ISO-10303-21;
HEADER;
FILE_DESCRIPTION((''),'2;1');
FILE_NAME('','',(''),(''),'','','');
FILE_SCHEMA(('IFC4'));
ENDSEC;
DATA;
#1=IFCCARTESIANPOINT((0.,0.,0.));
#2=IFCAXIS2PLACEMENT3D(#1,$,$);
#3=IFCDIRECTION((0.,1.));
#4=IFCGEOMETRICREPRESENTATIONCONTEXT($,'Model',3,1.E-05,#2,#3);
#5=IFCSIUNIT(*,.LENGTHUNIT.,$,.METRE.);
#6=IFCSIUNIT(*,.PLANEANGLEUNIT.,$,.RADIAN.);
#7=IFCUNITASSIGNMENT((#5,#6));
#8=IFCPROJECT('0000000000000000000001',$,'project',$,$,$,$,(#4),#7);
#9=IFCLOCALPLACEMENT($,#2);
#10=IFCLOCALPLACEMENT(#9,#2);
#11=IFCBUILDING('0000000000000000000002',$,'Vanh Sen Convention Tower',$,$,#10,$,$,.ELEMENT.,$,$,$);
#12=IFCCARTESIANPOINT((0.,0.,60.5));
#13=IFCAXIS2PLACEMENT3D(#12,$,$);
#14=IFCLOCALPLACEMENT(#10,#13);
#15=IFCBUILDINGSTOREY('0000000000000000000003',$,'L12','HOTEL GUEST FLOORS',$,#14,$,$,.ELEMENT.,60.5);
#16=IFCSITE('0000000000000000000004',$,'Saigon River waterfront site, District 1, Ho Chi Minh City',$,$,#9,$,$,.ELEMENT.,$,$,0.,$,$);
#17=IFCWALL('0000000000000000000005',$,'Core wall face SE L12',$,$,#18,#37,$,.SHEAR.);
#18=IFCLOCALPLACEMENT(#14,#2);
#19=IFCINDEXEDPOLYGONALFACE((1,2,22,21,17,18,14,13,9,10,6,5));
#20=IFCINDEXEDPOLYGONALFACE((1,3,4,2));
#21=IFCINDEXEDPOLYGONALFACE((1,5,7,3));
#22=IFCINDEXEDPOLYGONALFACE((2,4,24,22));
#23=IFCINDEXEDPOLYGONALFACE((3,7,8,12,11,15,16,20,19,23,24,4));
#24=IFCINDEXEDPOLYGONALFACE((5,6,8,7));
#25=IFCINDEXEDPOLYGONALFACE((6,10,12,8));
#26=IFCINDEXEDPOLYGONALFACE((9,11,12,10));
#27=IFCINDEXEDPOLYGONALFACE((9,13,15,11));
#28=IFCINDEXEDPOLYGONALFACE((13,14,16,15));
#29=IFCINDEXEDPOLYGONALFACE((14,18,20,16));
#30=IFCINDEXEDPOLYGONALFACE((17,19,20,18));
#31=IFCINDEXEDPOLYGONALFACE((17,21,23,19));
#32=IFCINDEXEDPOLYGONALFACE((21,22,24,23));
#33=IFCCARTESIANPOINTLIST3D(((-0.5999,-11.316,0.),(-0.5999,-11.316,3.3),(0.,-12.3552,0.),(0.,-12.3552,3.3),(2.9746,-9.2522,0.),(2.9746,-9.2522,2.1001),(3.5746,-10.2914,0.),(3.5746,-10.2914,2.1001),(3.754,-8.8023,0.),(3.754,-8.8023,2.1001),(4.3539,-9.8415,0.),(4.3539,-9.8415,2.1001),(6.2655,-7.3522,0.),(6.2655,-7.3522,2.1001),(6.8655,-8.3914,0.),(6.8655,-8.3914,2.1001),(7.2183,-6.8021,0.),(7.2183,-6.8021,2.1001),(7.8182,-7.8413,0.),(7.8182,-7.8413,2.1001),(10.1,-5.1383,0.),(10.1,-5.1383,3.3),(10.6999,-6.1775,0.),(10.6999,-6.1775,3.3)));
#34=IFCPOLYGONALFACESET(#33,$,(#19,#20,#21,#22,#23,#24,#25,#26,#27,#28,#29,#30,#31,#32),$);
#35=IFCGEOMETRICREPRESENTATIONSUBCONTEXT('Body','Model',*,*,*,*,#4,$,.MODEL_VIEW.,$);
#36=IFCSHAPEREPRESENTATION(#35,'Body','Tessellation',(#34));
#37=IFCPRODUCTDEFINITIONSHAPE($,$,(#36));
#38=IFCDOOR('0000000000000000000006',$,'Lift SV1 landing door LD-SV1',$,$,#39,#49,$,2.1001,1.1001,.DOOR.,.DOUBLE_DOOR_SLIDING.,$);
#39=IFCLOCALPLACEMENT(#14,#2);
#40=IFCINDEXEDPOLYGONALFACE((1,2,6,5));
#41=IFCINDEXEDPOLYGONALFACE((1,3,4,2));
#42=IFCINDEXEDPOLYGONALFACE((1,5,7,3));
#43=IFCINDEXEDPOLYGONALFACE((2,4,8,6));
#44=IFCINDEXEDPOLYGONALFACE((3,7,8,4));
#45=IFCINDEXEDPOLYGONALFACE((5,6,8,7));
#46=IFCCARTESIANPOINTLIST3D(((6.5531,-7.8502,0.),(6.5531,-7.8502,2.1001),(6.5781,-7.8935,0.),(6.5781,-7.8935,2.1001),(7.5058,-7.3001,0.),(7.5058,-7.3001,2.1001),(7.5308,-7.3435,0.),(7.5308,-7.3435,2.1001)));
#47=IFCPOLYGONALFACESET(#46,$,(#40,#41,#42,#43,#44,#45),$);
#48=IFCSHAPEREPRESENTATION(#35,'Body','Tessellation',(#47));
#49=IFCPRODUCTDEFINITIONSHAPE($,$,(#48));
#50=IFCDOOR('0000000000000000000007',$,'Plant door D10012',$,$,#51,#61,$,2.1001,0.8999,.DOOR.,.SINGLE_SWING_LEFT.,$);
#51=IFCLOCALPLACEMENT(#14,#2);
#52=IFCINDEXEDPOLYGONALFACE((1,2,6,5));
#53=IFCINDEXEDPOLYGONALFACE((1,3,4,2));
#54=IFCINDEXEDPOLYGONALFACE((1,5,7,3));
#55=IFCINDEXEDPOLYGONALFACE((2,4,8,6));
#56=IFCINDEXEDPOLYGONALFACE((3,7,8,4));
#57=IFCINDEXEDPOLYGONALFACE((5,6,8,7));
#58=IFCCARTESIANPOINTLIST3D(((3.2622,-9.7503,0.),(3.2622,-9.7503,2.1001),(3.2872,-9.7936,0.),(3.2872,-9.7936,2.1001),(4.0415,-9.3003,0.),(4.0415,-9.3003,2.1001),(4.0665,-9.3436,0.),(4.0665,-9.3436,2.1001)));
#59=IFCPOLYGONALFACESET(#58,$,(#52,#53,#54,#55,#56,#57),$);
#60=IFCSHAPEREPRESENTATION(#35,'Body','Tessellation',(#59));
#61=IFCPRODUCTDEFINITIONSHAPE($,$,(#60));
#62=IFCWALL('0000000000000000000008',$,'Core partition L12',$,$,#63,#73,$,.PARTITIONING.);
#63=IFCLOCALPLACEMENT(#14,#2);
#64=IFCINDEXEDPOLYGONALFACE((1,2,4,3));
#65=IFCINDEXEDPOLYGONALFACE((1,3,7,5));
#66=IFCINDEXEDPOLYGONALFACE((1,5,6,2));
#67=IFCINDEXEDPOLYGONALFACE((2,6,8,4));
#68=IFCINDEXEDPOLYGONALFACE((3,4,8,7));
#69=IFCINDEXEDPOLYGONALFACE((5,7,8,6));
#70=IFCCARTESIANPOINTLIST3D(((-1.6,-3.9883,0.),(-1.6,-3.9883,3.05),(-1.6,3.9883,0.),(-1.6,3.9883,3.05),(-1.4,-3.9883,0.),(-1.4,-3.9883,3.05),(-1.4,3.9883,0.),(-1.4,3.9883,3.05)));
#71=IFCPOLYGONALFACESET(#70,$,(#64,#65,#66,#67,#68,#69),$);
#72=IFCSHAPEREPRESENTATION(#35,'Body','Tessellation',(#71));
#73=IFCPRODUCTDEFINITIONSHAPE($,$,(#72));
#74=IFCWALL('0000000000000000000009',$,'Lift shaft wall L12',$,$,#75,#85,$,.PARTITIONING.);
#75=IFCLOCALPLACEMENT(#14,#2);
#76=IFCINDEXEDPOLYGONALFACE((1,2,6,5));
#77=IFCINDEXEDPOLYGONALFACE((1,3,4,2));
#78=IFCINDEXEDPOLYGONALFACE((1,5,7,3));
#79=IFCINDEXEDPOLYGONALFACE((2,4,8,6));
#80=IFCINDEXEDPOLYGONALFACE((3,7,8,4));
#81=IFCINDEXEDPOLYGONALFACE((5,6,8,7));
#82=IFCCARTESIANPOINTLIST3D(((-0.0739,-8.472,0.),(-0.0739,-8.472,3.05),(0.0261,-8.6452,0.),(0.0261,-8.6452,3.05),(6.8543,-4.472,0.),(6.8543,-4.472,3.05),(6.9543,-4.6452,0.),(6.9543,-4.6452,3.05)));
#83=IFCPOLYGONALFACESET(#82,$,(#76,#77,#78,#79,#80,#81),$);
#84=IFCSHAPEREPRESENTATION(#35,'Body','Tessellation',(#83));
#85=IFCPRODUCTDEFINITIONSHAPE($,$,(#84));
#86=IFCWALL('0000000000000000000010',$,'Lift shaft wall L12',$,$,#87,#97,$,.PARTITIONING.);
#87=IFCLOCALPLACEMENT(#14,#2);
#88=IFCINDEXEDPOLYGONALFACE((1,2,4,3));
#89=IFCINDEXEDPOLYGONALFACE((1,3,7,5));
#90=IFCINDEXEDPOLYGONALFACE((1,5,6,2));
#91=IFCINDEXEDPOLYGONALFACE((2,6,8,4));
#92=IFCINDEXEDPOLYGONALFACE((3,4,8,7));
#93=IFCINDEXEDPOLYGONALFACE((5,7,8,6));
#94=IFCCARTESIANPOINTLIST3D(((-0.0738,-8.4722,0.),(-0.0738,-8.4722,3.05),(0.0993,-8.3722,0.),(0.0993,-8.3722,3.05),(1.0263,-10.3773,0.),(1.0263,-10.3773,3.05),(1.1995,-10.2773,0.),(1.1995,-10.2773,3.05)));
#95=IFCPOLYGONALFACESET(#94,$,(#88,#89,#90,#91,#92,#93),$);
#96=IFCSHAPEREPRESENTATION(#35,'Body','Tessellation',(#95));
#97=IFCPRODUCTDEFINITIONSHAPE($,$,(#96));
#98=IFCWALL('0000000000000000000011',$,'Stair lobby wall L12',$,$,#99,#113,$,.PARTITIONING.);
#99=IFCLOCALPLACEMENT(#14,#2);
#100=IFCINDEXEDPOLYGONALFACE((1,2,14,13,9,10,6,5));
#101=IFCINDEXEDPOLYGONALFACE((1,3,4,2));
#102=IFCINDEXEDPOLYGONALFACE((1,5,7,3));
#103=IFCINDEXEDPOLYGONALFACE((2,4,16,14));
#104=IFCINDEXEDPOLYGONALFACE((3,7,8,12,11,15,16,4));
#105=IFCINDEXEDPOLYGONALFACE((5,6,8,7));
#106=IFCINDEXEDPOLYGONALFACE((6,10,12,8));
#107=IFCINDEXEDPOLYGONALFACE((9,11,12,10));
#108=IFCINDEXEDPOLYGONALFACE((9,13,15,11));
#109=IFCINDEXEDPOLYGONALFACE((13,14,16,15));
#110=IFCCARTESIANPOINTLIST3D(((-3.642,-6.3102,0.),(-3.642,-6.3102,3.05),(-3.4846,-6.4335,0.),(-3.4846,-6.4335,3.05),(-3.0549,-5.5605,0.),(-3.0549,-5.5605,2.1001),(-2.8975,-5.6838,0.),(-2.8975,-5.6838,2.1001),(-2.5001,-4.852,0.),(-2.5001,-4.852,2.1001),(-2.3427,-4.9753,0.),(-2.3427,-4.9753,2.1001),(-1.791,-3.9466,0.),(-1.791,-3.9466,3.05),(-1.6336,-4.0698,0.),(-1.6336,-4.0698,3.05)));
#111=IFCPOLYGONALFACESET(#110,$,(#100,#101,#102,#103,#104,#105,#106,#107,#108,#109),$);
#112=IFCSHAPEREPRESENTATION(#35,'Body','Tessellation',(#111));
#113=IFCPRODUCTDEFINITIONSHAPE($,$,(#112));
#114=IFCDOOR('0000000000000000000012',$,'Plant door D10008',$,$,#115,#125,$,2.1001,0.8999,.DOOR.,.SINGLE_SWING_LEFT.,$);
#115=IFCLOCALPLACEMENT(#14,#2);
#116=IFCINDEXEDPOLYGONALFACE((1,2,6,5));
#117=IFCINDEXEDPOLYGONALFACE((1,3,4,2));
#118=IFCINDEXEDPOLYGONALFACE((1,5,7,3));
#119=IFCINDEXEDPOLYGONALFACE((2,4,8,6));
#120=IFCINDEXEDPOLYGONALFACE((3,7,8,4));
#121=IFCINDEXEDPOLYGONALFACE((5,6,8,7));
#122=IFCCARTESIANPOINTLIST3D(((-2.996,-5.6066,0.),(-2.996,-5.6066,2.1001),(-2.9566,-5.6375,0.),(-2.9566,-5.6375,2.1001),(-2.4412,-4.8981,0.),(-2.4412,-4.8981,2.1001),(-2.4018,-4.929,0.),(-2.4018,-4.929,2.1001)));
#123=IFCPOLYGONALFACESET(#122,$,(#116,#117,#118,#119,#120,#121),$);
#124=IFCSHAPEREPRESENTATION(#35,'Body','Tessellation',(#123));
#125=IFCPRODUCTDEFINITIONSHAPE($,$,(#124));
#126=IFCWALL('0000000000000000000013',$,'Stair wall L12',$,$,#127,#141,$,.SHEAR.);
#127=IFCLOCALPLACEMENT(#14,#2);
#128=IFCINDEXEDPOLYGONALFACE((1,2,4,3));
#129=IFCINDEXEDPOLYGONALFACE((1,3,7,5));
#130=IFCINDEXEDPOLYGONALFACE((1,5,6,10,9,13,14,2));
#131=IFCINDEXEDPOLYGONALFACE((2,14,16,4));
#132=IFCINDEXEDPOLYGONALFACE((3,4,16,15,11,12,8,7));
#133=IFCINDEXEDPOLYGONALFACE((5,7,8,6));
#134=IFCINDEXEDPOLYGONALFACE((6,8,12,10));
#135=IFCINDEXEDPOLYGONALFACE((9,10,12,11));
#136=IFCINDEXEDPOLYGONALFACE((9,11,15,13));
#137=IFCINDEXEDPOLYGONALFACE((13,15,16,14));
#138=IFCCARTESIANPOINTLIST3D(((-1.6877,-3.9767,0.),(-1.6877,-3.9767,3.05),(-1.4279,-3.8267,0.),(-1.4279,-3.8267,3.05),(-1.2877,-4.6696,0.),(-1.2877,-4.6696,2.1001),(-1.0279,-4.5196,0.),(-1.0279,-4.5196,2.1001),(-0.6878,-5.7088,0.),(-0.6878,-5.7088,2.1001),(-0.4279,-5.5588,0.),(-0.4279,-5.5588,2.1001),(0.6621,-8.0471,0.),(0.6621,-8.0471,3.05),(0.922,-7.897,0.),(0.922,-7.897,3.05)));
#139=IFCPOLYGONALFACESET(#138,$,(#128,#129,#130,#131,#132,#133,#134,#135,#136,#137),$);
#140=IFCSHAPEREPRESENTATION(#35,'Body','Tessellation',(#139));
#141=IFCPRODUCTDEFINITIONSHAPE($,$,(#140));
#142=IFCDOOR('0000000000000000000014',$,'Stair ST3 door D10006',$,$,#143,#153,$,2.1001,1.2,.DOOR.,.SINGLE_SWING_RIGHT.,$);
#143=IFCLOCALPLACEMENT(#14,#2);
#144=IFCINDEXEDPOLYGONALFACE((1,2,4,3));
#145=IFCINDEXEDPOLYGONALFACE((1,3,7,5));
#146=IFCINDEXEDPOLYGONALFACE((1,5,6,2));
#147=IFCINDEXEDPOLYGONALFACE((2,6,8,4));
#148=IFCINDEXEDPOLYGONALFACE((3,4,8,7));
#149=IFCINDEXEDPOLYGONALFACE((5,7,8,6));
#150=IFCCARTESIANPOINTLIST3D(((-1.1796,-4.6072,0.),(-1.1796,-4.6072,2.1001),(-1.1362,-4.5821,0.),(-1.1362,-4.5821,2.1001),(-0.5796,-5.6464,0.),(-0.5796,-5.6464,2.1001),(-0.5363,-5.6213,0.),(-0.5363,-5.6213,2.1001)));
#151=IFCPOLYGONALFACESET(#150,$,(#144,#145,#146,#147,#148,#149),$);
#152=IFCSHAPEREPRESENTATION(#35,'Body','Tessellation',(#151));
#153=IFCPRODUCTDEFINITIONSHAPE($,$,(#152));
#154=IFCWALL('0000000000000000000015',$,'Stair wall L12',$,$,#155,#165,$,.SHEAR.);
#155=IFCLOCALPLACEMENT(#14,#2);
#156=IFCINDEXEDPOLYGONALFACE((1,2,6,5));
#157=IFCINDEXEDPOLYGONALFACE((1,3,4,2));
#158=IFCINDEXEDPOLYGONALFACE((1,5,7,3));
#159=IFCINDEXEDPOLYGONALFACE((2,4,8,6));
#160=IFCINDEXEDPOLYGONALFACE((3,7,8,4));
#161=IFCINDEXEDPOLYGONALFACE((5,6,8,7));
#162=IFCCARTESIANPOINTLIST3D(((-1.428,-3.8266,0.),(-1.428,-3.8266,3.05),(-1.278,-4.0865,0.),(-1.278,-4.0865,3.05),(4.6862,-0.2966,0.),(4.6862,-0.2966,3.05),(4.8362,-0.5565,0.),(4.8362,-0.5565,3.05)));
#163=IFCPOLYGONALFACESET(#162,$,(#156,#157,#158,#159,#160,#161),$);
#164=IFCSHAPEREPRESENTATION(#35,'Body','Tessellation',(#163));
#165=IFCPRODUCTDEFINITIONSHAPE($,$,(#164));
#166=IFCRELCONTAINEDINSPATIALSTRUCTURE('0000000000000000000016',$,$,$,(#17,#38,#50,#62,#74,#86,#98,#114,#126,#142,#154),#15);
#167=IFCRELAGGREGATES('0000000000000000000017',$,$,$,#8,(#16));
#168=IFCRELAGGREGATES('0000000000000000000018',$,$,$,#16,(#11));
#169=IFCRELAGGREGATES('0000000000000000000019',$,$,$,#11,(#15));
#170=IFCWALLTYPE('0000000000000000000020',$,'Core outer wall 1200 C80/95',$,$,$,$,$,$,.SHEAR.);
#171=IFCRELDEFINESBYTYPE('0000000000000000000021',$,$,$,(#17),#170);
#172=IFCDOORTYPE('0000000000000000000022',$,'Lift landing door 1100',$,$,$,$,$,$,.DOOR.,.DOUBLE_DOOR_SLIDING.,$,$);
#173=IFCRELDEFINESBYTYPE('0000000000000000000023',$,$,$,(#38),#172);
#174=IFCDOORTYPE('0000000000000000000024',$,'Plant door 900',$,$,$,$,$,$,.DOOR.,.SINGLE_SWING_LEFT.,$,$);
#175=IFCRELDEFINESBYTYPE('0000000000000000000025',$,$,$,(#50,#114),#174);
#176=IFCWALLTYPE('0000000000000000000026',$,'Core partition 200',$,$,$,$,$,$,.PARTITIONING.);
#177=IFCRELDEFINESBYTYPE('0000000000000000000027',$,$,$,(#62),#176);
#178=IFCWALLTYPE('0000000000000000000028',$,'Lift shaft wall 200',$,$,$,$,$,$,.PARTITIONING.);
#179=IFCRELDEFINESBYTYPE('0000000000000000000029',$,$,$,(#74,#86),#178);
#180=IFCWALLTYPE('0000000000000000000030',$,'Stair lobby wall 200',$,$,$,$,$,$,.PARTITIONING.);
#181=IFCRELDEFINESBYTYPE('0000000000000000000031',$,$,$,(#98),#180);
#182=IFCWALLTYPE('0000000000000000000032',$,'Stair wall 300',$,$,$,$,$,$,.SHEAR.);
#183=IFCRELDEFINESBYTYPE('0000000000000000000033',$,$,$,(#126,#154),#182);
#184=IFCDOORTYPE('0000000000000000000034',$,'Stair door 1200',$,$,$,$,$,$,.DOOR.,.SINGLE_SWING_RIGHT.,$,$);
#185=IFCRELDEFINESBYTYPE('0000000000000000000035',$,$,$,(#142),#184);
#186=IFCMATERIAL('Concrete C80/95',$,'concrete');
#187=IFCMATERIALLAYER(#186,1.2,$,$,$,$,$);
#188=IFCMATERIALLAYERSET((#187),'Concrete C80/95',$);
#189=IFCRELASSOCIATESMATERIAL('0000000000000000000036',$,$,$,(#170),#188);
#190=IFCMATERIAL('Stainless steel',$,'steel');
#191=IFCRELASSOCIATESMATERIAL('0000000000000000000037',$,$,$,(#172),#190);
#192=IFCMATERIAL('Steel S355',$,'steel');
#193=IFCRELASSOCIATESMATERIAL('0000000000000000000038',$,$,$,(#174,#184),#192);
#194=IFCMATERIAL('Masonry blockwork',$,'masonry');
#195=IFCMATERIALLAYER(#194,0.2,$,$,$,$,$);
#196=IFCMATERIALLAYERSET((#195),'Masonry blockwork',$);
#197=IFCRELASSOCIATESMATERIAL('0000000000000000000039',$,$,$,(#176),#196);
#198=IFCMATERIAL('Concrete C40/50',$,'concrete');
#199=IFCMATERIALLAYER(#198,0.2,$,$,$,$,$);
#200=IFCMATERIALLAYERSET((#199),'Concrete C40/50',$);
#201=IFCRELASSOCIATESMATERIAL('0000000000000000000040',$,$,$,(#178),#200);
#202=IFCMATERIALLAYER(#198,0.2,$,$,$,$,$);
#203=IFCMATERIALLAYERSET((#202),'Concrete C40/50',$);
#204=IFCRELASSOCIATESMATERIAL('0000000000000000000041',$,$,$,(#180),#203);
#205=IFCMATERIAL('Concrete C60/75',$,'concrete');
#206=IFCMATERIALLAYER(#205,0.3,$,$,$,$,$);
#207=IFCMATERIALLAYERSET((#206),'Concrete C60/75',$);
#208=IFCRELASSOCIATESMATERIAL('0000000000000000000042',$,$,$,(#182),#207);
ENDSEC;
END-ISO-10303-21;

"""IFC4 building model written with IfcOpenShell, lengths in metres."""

from ifc_helpers import new_model, si_unit, direction, frame, frame_2d, origin, place, context, subcontext, project, spatial, rectangle, extrude, material, layer, layer_set, type_object, element, fill, save


model = new_model("IFC4")

# Units and contexts
model_context = context("Model", 3, precision=1e-05, world=origin(), true_north=direction((0.0, 1.0)))
body_context = subcontext(model_context, "Body", "Model", "MODEL_VIEW")
ifc_project = project(units=[si_unit("LENGTHUNIT", "METRE"), si_unit("PLANEANGLEUNIT", "RADIAN")], contexts=[model_context])

# Site, building, storey
site_placement = place(None, origin())
site = spatial("IfcSite", under=ifc_project, at=site_placement, Name="Saigon River waterfront site, District 1, Ho Chi Minh City", CompositionType="ELEMENT", RefElevation=0.0)
building_placement = place(site_placement, origin())
building = spatial("IfcBuilding", under=site, at=building_placement, Name="Vanh Sen Convention Tower", CompositionType="ELEMENT")
storey_placement = place(building_placement, frame((0.0, 0.0, 60.5)))
storey = spatial("IfcBuildingStorey", under=building, at=storey_placement, Name="L12", Description="HOTEL GUEST FLOORS", CompositionType="ELEMENT", Elevation=60.5)

# Shared definitions
ifc_material_1 = material(Name="Concrete C40/50", Category="concrete")

# Wall, openings, doors
ifc_material_2 = material(Name="Concrete C80/95", Category="concrete")
ifc_layer_1 = layer(ifc_material_2, 1.2)
ifc_layer_set_1 = layer_set([ifc_layer_1], Name="Concrete C80/95")
wall_type_1 = type_object("IfcWallType", Name="Core outer wall 1200 C80/95", PredefinedType="SHEAR", material=ifc_layer_set_1)
wall_1_placement = place(storey_placement, frame((-0.3, -11.8357, 0.0), z_axis=(0.0, 0.0, 1.0), x_axis=(0.866021, 0.500007, 0.0)))
wall_1 = element("IfcWall", 1, at=wall_1_placement, inside=storey, type_object=wall_type_1, Name="Core wall face SE L12", PredefinedType="SHEAR", context=body_context, shape_type="SweptSolid", body=[
    extrude(rectangle(XDim=12.3552, YDim=1.2, at=frame_2d((6.1777, 0.0))), origin(), (0.0, 0.0, 1.0), 3.3),
])
opening_1_placement = place(wall_1_placement, frame((4.1277, 0.0, 0.0)))
opening_1 = element("IfcOpeningElement", 2, at=opening_1_placement, cuts=wall_1, PredefinedType="OPENING", context=body_context, shape_type="SweptSolid", body=[
    extrude(rectangle(XDim=0.8999, YDim=2.1001, at=frame_2d((0.45, 1.05))), frame((0.0, 0.6099, 0.0), z_axis=(0.0, -1.0, 0.0), x_axis=(1.0, 0.0, 0.0)), (0.0, 0.0, 1.0), 1.22),
])
opening_2_placement = place(wall_1_placement, frame((7.9277, 0.0, 0.0)))
opening_2 = element("IfcOpeningElement", 3, at=opening_2_placement, cuts=wall_1, PredefinedType="OPENING", context=body_context, shape_type="SweptSolid", body=[
    extrude(rectangle(XDim=1.1001, YDim=2.1001, at=frame_2d((0.55, 1.05))), frame((0.0, 0.6099, 0.0), z_axis=(0.0, -1.0, 0.0), x_axis=(1.0, 0.0, 0.0)), (0.0, 0.0, 1.0), 1.22),
])
ifc_material_3 = material(Name="Stainless steel", Category="steel")
door_type_1 = type_object("IfcDoorType", Name="Lift landing door 1100", OperationType="DOUBLE_DOOR_SLIDING", PredefinedType="DOOR", material=ifc_material_3)
door_1_placement = place(opening_2_placement, origin())
door_1 = element("IfcDoor", 4, at=door_1_placement, inside=storey, type_object=door_type_1, Name="Lift SV1 landing door LD-SV1", OperationType="DOUBLE_DOOR_SLIDING", OverallHeight=2.1001, OverallWidth=1.1001, PredefinedType="DOOR", context=body_context, shape_type="SweptSolid", body=[
    extrude(rectangle(XDim=1.1001, YDim=2.1001, at=frame_2d((0.55, 1.05))), frame((0.0, 0.0249, 0.0), z_axis=(0.0, -1.0, 0.0), x_axis=(1.0, 0.0, 0.0)), (0.0, 0.0, 1.0), 0.05),
])
fill(opening_2, door_1)
ifc_material_4 = material(Name="Steel S355", Category="steel")
door_type_2 = type_object("IfcDoorType", Name="Plant door 900", OperationType="SINGLE_SWING_LEFT", PredefinedType="DOOR", material=ifc_material_4)
door_2_placement = place(opening_1_placement, origin())
door_2 = element("IfcDoor", 5, at=door_2_placement, inside=storey, type_object=door_type_2, Name="Plant door D10012", OperationType="SINGLE_SWING_LEFT", OverallHeight=2.1001, OverallWidth=0.8999, PredefinedType="DOOR", context=body_context, shape_type="SweptSolid", body=[
    extrude(rectangle(XDim=0.8999, YDim=2.1001, at=frame_2d((0.45, 1.05))), frame((0.0, 0.0249, 0.0), z_axis=(0.0, -1.0, 0.0), x_axis=(1.0, 0.0, 0.0)), (0.0, 0.0, 1.0), 0.05),
])
fill(opening_1, door_2)

# Walls
ifc_material_5 = material(Name="Masonry blockwork", Category="masonry")
ifc_layer_2 = layer(ifc_material_5, 0.2)
ifc_layer_set_2 = layer_set([ifc_layer_2], Name="Masonry blockwork")
wall_type_2 = type_object("IfcWallType", Name="Core partition 200", PredefinedType="PARTITIONING", material=ifc_layer_set_2)
wall_2_placement = place(storey_placement, frame((-1.5, -3.9883, 0.0), z_axis=(0.0, 0.0, 1.0), x_axis=(0.0, 1.0, 0.0)))
element("IfcWall", 6, at=wall_2_placement, inside=storey, type_object=wall_type_2, Name="Core partition L12", PredefinedType="PARTITIONING", context=body_context, shape_type="SweptSolid", body=[
    extrude(rectangle(XDim=7.9766, YDim=0.2, at=frame_2d((3.9883, 0.0))), origin(), (0.0, 0.0, 1.0), 3.05),
])
ifc_layer_3 = layer(ifc_material_1, 0.2)
ifc_layer_set_3 = layer_set([ifc_layer_3], Name="Concrete C40/50")
wall_type_3 = type_object("IfcWallType", Name="Lift shaft wall 200", PredefinedType="PARTITIONING", material=ifc_layer_set_3)
wall_3_placement = place(storey_placement, frame((-0.0239, -8.5586, 0.0), z_axis=(0.0, 0.0, 1.0), x_axis=(0.866026, 0.499999, 0.0)))
element("IfcWall", 7, at=wall_3_placement, inside=storey, type_object=wall_type_3, Name="Lift shaft wall L12", PredefinedType="PARTITIONING", context=body_context, shape_type="SweptSolid", body=[
    extrude(rectangle(XDim=8.0, YDim=0.2, at=frame_2d((4.0, 0.0))), origin(), (0.0, 0.0, 1.0), 3.05),
])
wall_4_placement = place(storey_placement, frame((0.0127, -8.4221, 0.0), z_axis=(0.0, 0.0, 1.0), x_axis=(0.500078, -0.86598, 0.0)))
element("IfcWall", 8, at=wall_4_placement, inside=storey, type_object=wall_type_3, Name="Lift shaft wall L12", PredefinedType="PARTITIONING", context=body_context, shape_type="SweptSolid", body=[
    extrude(rectangle(XDim=2.2, YDim=0.2, at=frame_2d((1.1001, 0.0))), origin(), (0.0, 0.0, 1.0), 3.05),
])

# Walls, openings, doors
ifc_layer_4 = layer(ifc_material_1, 0.2)
ifc_layer_set_4 = layer_set([ifc_layer_4], Name="Concrete C40/50")
wall_type_4 = type_object("IfcWallType", Name="Stair lobby wall 200", PredefinedType="PARTITIONING", material=ifc_layer_set_4)
wall_5_placement = place(storey_placement, frame((-1.7124, -4.0083, 0.0), z_axis=(0.0, 0.0, 1.0), x_axis=(-0.616549, -0.787316, 0.0)))
wall_5 = element("IfcWall", 9, at=wall_5_placement, inside=storey, type_object=wall_type_4, Name="Stair lobby wall L12", PredefinedType="PARTITIONING", context=body_context, shape_type="SweptSolid", body=[
    extrude(rectangle(XDim=3.0022, YDim=0.2, at=frame_2d((1.501, 0.0))), origin(), (0.0, 0.0, 1.0), 3.05),
])
opening_3_placement = place(wall_5_placement, frame((1.1499, 0.0, 0.0)))
opening_3 = element("IfcOpeningElement", 10, at=opening_3_placement, cuts=wall_5, PredefinedType="OPENING", context=body_context, shape_type="SweptSolid", body=[
    extrude(rectangle(XDim=0.8999, YDim=2.1001, at=frame_2d((0.45, 1.05))), frame((0.0, 0.1099, 0.0), z_axis=(0.0, -1.0, 0.0), x_axis=(1.0, 0.0, 0.0)), (0.0, 0.0, 1.0), 0.22),
])
door_3_placement = place(opening_3_placement, origin())
door_3 = element("IfcDoor", 11, at=door_3_placement, inside=storey, type_object=door_type_2, Name="Plant door D10008", OperationType="SINGLE_SWING_LEFT", OverallHeight=2.1001, OverallWidth=0.8999, PredefinedType="DOOR", context=body_context, shape_type="SweptSolid", body=[
    extrude(rectangle(XDim=0.8999, YDim=2.1001, at=frame_2d((0.45, 1.05))), frame((0.0, 0.0249, 0.0), z_axis=(0.0, -1.0, 0.0), x_axis=(1.0, 0.0, 0.0)), (0.0, 0.0, 1.0), 0.05),
])
fill(opening_3, door_3)
ifc_material_6 = material(Name="Concrete C60/75", Category="concrete")
ifc_layer_5 = layer(ifc_material_6, 0.3)
ifc_layer_set_5 = layer_set([ifc_layer_5], Name="Concrete C60/75")
wall_type_5 = type_object("IfcWallType", Name="Stair wall 300", PredefinedType="SHEAR", material=ifc_layer_set_5)
wall_6_placement = place(storey_placement, frame((-1.5579, -3.9016, 0.0), z_axis=(0.0, 0.0, 1.0), x_axis=(0.499977, -0.866039, 0.0)))
wall_6 = element("IfcWall", 12, at=wall_6_placement, inside=storey, type_object=wall_type_5, Name="Stair wall L12", PredefinedType="SHEAR", context=body_context, shape_type="SweptSolid", body=[
    extrude(rectangle(XDim=4.7, YDim=0.3, at=frame_2d((2.3501, 0.0))), origin(), (0.0, 0.0, 1.0), 3.05),
])
opening_4_placement = place(wall_6_placement, frame((0.8, 0.0, 0.0)))
opening_4 = element("IfcOpeningElement", 13, at=opening_4_placement, cuts=wall_6, PredefinedType="OPENING", context=body_context, shape_type="SweptSolid", body=[
    extrude(rectangle(XDim=1.2, YDim=2.1001, at=frame_2d((0.6001, 1.05))), frame((0.0, 0.1599, 0.0), z_axis=(0.0, -1.0, 0.0), x_axis=(1.0, 0.0, 0.0)), (0.0, 0.0, 1.0), 0.3201),
])
door_type_3 = type_object("IfcDoorType", Name="Stair door 1200", OperationType="SINGLE_SWING_RIGHT", PredefinedType="DOOR", material=ifc_material_4)
door_4_placement = place(opening_4_placement, origin())
door_4 = element("IfcDoor", 14, at=door_4_placement, inside=storey, type_object=door_type_3, Name="Stair ST3 door D10006", OperationType="SINGLE_SWING_RIGHT", OverallHeight=2.1001, OverallWidth=1.2, PredefinedType="DOOR", context=body_context, shape_type="SweptSolid", body=[
    extrude(rectangle(XDim=1.2, YDim=2.1001, at=frame_2d((0.6001, 1.05))), frame((0.0, 0.0249, 0.0), z_axis=(0.0, -1.0, 0.0), x_axis=(1.0, 0.0, 0.0)), (0.0, 0.0, 1.0), 0.05),
])
fill(opening_4, door_4)

# Wall
wall_7_placement = place(storey_placement, frame((-1.353, -3.9565, 0.0), z_axis=(0.0, 0.0, 1.0), x_axis=(0.866028, 0.499996, 0.0)))
element("IfcWall", 15, at=wall_7_placement, inside=storey, type_object=wall_type_5, Name="Stair wall L12", PredefinedType="SHEAR", context=body_context, shape_type="SweptSolid", body=[
    extrude(rectangle(XDim=7.0601, YDim=0.3, at=frame_2d((3.53, 0.0))), origin(), (0.0, 0.0, 1.0), 3.05),
])

save(model, "model.ifc")
